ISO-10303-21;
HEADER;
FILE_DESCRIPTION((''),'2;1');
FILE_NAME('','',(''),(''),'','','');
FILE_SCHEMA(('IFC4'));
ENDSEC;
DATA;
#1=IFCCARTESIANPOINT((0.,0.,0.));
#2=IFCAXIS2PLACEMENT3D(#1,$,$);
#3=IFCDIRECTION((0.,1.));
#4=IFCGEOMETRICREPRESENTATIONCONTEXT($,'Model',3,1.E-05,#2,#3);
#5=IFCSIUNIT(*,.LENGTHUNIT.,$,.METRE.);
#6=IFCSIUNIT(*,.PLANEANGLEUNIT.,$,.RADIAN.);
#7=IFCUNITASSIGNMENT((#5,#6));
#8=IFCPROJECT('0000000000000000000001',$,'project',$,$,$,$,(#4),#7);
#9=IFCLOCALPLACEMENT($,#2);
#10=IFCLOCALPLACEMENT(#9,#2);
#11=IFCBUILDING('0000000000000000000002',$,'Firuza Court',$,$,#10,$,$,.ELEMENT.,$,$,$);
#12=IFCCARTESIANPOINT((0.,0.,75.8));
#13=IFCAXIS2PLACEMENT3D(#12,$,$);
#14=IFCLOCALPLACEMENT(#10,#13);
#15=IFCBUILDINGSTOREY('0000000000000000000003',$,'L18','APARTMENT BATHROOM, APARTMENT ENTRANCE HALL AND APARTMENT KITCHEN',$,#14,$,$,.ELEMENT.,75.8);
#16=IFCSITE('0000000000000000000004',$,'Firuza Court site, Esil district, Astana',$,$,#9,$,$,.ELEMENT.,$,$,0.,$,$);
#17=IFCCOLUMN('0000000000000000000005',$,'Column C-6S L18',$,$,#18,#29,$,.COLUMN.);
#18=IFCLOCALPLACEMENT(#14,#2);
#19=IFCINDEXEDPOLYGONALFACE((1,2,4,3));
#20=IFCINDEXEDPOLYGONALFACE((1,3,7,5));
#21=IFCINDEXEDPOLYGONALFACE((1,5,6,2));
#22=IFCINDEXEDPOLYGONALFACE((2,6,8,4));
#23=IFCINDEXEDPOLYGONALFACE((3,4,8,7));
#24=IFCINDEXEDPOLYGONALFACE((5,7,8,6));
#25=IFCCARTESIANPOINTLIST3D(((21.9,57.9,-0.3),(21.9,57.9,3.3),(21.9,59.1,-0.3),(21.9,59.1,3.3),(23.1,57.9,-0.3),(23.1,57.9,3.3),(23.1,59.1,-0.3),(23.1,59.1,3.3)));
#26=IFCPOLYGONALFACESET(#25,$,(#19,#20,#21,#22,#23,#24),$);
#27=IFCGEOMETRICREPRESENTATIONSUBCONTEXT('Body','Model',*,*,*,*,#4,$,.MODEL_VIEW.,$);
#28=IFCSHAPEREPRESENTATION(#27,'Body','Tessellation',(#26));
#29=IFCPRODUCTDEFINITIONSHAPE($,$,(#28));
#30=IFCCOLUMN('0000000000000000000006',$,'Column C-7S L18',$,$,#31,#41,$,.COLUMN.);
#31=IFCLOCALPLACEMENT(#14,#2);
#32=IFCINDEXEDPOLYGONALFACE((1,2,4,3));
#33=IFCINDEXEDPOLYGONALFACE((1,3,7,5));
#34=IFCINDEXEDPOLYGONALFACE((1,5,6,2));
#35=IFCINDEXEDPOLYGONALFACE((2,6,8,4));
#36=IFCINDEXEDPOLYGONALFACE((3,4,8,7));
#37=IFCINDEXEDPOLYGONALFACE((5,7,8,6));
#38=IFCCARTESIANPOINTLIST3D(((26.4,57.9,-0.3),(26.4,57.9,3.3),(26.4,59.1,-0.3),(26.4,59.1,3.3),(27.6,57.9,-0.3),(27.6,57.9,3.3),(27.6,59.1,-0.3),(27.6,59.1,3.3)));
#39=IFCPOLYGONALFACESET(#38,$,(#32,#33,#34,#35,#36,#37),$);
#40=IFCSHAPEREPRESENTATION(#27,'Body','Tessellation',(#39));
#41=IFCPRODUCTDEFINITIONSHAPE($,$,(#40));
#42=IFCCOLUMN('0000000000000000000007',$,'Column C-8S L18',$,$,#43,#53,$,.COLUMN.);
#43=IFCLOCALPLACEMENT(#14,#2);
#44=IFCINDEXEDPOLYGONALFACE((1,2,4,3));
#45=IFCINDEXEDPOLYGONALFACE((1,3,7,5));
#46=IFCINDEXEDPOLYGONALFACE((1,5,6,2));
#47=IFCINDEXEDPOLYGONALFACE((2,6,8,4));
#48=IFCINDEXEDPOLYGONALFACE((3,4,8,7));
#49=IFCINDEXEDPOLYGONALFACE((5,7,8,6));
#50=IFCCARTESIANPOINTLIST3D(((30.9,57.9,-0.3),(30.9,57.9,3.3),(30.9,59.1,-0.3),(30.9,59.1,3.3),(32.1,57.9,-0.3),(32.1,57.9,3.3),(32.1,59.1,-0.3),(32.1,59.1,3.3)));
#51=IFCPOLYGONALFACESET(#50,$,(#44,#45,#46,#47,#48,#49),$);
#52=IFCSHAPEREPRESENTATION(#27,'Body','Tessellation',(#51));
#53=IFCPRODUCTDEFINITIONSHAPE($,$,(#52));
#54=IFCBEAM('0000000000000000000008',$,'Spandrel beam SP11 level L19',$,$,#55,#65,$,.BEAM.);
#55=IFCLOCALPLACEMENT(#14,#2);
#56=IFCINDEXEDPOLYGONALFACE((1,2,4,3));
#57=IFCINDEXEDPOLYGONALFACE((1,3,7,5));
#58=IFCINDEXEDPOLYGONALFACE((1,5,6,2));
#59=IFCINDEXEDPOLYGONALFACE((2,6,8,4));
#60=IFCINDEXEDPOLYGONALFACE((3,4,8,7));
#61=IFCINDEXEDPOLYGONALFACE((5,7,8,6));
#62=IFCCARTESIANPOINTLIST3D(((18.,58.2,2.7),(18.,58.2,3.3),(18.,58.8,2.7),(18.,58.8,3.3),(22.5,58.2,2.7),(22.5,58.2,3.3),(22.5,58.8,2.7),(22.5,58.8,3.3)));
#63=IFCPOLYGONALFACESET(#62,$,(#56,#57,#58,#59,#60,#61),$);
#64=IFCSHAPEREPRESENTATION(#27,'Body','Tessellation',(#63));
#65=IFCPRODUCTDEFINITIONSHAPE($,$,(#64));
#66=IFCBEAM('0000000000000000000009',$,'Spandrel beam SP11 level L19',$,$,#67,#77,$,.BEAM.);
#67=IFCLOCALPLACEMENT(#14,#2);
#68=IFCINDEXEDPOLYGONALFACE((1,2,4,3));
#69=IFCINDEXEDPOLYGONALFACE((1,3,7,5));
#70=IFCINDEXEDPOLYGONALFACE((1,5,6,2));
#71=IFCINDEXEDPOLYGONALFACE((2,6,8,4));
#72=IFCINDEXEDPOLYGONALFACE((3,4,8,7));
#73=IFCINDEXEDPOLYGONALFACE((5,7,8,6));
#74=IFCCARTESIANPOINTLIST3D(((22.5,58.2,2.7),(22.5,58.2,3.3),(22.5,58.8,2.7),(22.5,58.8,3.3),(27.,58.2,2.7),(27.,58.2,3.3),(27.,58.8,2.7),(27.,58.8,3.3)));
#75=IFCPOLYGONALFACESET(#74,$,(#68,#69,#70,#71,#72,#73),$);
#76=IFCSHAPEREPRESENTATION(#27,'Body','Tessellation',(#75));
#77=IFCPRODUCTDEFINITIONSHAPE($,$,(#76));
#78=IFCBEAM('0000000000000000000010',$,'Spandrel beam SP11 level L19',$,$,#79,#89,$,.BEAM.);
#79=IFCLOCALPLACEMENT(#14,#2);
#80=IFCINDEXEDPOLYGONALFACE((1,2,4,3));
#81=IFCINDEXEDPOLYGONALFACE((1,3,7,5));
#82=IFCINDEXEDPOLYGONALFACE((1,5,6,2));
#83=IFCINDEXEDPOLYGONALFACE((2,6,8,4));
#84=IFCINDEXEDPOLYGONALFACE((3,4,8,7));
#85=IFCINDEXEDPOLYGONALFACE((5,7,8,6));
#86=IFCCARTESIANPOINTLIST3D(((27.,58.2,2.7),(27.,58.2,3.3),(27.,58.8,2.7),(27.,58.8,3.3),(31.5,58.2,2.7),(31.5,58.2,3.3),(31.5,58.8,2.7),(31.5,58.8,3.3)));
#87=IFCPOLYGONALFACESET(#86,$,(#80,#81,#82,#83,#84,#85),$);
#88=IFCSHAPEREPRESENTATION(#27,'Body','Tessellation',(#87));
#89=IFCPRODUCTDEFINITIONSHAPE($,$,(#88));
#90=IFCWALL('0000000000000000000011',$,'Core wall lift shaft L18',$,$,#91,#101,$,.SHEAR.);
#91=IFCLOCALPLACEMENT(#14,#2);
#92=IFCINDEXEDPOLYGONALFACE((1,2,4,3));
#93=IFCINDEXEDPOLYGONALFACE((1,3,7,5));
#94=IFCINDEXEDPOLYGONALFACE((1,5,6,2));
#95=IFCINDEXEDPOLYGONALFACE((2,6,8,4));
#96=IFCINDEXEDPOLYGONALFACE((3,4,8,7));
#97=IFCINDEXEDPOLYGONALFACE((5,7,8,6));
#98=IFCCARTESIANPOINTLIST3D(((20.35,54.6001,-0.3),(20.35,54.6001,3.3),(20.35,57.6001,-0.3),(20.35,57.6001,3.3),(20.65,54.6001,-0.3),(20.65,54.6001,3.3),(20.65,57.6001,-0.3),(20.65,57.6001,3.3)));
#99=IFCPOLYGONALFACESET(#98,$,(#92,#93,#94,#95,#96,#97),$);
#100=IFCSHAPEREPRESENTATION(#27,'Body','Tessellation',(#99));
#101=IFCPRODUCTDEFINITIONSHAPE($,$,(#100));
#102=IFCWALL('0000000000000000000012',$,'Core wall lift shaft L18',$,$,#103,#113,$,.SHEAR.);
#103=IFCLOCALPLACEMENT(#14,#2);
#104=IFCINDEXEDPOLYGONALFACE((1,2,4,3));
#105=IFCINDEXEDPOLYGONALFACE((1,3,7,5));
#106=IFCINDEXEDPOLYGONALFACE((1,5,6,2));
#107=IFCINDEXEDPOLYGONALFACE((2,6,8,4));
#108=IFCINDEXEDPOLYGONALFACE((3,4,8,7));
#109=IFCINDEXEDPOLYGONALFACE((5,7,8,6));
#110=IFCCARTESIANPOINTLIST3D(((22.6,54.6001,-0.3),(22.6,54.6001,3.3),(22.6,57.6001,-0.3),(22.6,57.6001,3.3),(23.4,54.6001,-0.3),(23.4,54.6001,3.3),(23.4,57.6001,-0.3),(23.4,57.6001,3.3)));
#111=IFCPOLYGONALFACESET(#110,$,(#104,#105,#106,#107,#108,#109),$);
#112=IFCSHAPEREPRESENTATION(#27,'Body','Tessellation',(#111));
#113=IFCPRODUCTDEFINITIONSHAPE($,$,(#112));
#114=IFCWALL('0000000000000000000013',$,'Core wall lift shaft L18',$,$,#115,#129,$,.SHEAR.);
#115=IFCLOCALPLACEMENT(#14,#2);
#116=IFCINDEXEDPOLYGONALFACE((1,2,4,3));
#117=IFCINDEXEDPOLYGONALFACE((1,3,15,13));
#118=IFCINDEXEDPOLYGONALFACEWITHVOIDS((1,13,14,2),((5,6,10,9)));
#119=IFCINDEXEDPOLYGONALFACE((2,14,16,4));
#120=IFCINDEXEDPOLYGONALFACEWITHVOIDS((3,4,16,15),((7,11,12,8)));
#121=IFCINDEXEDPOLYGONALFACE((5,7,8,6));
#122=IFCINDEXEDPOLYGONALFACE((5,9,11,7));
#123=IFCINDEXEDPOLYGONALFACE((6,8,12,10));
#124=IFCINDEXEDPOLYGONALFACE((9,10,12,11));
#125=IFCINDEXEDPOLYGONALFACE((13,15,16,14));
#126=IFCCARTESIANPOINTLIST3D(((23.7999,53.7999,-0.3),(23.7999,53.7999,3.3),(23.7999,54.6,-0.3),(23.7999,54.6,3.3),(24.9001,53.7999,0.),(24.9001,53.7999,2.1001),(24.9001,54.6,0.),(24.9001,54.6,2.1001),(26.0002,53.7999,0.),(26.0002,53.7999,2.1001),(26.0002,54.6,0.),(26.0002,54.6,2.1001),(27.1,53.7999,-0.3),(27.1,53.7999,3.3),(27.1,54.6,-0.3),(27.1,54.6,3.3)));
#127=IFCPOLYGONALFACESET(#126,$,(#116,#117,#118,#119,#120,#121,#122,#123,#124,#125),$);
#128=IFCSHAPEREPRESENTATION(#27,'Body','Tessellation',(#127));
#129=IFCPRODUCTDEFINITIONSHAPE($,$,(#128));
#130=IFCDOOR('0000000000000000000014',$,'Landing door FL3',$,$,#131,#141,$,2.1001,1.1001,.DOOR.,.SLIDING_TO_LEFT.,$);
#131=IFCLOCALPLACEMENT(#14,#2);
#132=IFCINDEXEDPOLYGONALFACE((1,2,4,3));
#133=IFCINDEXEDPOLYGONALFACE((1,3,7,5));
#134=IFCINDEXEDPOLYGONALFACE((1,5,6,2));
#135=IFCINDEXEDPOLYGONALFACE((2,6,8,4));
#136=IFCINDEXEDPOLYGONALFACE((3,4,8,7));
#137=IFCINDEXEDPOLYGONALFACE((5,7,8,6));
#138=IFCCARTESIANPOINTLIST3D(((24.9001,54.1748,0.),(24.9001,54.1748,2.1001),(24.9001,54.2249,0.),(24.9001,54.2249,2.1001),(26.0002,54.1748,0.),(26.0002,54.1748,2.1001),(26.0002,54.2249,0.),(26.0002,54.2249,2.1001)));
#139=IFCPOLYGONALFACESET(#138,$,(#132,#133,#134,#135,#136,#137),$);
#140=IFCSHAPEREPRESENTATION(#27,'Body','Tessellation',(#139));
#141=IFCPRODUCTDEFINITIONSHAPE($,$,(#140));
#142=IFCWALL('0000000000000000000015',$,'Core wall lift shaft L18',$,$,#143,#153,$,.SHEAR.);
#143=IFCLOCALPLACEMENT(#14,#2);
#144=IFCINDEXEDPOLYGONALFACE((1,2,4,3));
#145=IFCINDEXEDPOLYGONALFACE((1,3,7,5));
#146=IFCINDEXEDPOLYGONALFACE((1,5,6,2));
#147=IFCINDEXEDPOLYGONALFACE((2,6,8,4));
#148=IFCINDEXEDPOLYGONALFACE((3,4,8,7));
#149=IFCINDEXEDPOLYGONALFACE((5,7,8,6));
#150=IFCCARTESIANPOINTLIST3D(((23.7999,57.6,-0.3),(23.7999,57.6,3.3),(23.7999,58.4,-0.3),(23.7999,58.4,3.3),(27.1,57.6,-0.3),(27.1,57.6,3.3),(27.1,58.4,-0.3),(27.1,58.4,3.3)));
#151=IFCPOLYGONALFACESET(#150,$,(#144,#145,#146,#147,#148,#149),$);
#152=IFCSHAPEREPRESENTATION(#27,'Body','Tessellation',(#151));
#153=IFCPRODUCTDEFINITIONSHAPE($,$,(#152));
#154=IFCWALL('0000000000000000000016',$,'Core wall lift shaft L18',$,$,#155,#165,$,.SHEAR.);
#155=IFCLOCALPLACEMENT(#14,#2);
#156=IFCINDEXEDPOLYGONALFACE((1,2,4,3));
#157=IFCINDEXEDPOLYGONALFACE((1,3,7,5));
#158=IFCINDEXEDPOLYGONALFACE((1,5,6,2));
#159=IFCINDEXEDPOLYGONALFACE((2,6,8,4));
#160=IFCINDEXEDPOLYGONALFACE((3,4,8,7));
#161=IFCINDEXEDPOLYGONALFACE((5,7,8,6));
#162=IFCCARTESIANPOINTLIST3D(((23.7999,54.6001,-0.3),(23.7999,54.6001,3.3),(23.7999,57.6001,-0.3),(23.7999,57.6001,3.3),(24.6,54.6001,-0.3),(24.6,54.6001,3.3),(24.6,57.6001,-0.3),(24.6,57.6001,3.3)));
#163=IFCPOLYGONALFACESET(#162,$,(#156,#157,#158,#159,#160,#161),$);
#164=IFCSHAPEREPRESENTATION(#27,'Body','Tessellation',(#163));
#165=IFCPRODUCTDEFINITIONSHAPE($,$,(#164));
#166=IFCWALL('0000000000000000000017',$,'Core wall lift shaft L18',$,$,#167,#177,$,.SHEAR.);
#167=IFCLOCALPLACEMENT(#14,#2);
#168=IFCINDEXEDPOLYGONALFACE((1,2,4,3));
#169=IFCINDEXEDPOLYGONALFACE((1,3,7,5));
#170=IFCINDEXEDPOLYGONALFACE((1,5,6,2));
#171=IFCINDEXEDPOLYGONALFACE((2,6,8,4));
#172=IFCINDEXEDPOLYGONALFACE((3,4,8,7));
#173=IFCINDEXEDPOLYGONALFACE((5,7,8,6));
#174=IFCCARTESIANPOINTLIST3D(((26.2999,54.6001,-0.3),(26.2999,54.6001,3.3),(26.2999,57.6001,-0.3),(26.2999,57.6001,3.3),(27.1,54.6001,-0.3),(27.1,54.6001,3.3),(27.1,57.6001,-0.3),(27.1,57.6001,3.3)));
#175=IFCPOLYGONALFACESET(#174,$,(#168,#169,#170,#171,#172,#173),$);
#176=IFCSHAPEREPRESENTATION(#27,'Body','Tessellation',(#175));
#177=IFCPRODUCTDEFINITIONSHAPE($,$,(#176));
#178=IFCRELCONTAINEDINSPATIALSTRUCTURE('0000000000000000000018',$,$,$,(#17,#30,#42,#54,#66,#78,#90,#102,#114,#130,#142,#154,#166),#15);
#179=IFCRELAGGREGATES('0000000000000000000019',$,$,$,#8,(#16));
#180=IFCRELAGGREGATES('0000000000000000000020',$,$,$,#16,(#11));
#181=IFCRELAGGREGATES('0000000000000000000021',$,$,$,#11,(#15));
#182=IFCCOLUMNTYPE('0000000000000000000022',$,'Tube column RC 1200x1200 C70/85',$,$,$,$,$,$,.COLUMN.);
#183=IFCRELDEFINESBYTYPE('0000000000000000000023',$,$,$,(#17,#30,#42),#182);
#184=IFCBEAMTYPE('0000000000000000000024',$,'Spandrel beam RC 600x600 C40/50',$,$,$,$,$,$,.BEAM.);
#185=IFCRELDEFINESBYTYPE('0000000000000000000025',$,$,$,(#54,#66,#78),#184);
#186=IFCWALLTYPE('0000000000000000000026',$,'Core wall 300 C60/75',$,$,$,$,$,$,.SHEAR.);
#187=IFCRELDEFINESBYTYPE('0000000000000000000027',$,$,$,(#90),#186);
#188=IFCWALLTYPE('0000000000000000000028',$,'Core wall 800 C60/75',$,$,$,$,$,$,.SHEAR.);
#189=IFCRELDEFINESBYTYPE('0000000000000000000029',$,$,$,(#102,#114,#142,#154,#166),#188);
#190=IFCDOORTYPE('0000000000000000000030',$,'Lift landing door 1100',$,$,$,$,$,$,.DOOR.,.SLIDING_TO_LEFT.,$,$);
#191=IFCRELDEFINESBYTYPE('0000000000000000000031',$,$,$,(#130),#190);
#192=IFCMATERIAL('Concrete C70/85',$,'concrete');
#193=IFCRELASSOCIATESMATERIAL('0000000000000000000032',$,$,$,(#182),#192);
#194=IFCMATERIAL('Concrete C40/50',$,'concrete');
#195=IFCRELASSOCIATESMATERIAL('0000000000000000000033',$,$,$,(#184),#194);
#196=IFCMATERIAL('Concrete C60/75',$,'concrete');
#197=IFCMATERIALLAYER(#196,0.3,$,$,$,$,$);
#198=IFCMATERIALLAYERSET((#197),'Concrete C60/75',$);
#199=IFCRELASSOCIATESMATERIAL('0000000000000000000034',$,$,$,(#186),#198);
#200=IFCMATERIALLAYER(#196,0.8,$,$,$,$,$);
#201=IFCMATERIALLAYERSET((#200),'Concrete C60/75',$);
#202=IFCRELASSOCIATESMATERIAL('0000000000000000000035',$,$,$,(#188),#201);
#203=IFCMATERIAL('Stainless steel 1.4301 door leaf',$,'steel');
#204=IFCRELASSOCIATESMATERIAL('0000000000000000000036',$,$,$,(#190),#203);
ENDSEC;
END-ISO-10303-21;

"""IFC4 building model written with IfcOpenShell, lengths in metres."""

from ifc_helpers import new_model, si_unit, direction, frame, frame_2d, origin, origin_2d, place, context, subcontext, project, spatial, rectangle, extrude, material, layer, layer_set, material_profile, profile_set, type_object, element, fill, save


model = new_model("IFC4")

# Units and contexts
model_context = context("Model", 3, precision=1e-05, world=origin(), true_north=direction((0.0, 1.0)))
body_context = subcontext(model_context, "Body", "Model", "MODEL_VIEW")
ifc_project = project(units=[si_unit("LENGTHUNIT", "METRE"), si_unit("PLANEANGLEUNIT", "RADIAN")], contexts=[model_context])

# Site, building, storey
site_placement = place(None, origin())
site = spatial("IfcSite", under=ifc_project, at=site_placement, Name="Firuza Court site, Esil district, Astana", CompositionType="ELEMENT", RefElevation=0.0)
building_placement = place(site_placement, origin())
building = spatial("IfcBuilding", under=site, at=building_placement, Name="Firuza Court", CompositionType="ELEMENT")
storey_placement = place(building_placement, frame((0.0, 0.0, 75.8)))
storey = spatial("IfcBuildingStorey", under=building, at=storey_placement, Name="L18", Description="APARTMENT BATHROOM, APARTMENT ENTRANCE HALL AND APARTMENT KITCHEN", CompositionType="ELEMENT", Elevation=75.8)

# Columns
ifc_material_1 = material(Name="Concrete C70/85", Category="concrete")
ifc_material_profile_1 = material_profile(ifc_material_1, rectangle(XDim=1.2, YDim=1.2, at=origin_2d()), Name="RC 1200x1200")
ifc_profile_set_1 = profile_set([ifc_material_profile_1], Name="Concrete C70/85")
column_type = type_object("IfcColumnType", Name="Tube column RC 1200x1200 C70/85", PredefinedType="COLUMN", material=ifc_profile_set_1)
for number, where, z_axis, x_axis, name in (
    (1, (22.5, 58.5, -0.3), (0.0, 0.0, 1.0), (1.0, 0.0, 0.0), "Column C-6S L18"),
    (2, (27.0, 58.5, -0.3), (0.0, 0.0, 1.0), (1.0, 0.0, 0.0), "Column C-7S L18"),
    (3, (31.5, 58.5, -0.3), (0.0, 0.0, 1.0), (1.0, 0.0, 0.0), "Column C-8S L18"),
):
    element("IfcColumn", number, at=place(storey_placement, frame(where, z_axis=z_axis, x_axis=x_axis)), inside=storey, type_object=column_type, Name=name, PredefinedType="COLUMN", context=body_context, shape_type="SweptSolid", body=[
        extrude(rectangle(XDim=1.2, YDim=1.2, at=origin_2d()), origin(), (0.0, 0.0, 1.0), 3.6001),
    ])

# Beams
ifc_material_2 = material(Name="Concrete C40/50", Category="concrete")
ifc_material_profile_2 = material_profile(ifc_material_2, rectangle(XDim=0.6001, YDim=0.6001, at=origin_2d()), Name="RC 600x600")
ifc_profile_set_2 = profile_set([ifc_material_profile_2], Name="Concrete C40/50")
beam_type = type_object("IfcBeamType", Name="Spandrel beam RC 600x600 C40/50", PredefinedType="BEAM", material=ifc_profile_set_2)
for number, where, z_axis, x_axis, name in (
    (4, (22.5, 58.5, 3.0), (-1.0, 0.0, 0.0), (0.0, -1.0, 0.0), "Spandrel beam SP11 level L19"),
    (5, (27.0, 58.5, 3.0), (-1.0, 0.0, 0.0), (0.0, -1.0, 0.0), "Spandrel beam SP11 level L19"),
    (6, (31.5, 58.5, 3.0), (-1.0, 0.0, 0.0), (0.0, -1.0, 0.0), "Spandrel beam SP11 level L19"),
):
    element("IfcBeam", number, at=place(storey_placement, frame(where, z_axis=z_axis, x_axis=x_axis)), inside=storey, type_object=beam_type, Name=name, PredefinedType="BEAM", context=body_context, shape_type="SweptSolid", body=[
        extrude(rectangle(XDim=0.6001, YDim=0.6001, at=origin_2d()), origin(), (0.0, 0.0, 1.0), 4.5),
    ])

# Walls
ifc_material_3 = material(Name="Concrete C60/75", Category="concrete")
ifc_layer_1 = layer(ifc_material_3, 0.3)
ifc_layer_set_1 = layer_set([ifc_layer_1], Name="Concrete C60/75")
wall_type_1 = type_object("IfcWallType", Name="Core wall 300 C60/75", PredefinedType="SHEAR", material=ifc_layer_set_1)
wall_1_placement = place(storey_placement, frame((20.5, 54.6001, -0.3), z_axis=(0.0, 0.0, 1.0), x_axis=(0.0, 1.0, 0.0)))
element("IfcWall", 7, at=wall_1_placement, inside=storey, type_object=wall_type_1, Name="Core wall lift shaft L18", PredefinedType="SHEAR", context=body_context, shape_type="SweptSolid", body=[
    extrude(rectangle(XDim=3.0, YDim=0.3, at=frame_2d((1.5, 0.0))), origin(), (0.0, 0.0, 1.0), 3.6001),
])
ifc_layer_2 = layer(ifc_material_3, 0.8)
ifc_layer_set_2 = layer_set([ifc_layer_2], Name="Concrete C60/75")
wall_type_2 = type_object("IfcWallType", Name="Core wall 800 C60/75", PredefinedType="SHEAR", material=ifc_layer_set_2)
wall_2_placement = place(storey_placement, frame((23.0, 54.6001, -0.3), z_axis=(0.0, 0.0, 1.0), x_axis=(0.0, 1.0, 0.0)))
element("IfcWall", 8, at=wall_2_placement, inside=storey, type_object=wall_type_2, Name="Core wall lift shaft L18", PredefinedType="SHEAR", context=body_context, shape_type="SweptSolid", body=[
    extrude(rectangle(XDim=3.0, YDim=0.8, at=frame_2d((1.5, 0.0))), origin(), (0.0, 0.0, 1.0), 3.6001),
])

# Wall, opening, door
wall_3_placement = place(storey_placement, frame((23.8, 54.2, -0.3), z_axis=(0.0, 0.0, 1.0), x_axis=(1.0, 0.0, 0.0)))
wall_3 = element("IfcWall", 9, at=wall_3_placement, inside=storey, type_object=wall_type_2, Name="Core wall lift shaft L18", PredefinedType="SHEAR", context=body_context, shape_type="SweptSolid", body=[
    extrude(rectangle(XDim=3.3, YDim=0.8, at=frame_2d((1.6499, 0.0))), origin(), (0.0, 0.0, 1.0), 3.6001),
])
opening_1_placement = place(wall_3_placement, frame((1.1001, 0.0, 0.3)))
opening_1 = element("IfcOpeningElement", 10, at=opening_1_placement, cuts=wall_3, PredefinedType="OPENING", context=body_context, shape_type="SweptSolid", body=[
    extrude(rectangle(XDim=1.1001, YDim=2.1001, at=frame_2d((0.55, 1.05))), frame((0.0, 0.4121, 0.0), z_axis=(0.0, -1.0, 0.0), x_axis=(1.0, 0.0, 0.0)), (0.0, 0.0, 1.0), 0.824),
])
ifc_material_4 = material(Name="Stainless steel 1.4301 door leaf", Category="steel")
door_type_1 = type_object("IfcDoorType", Name="Lift landing door 1100", OperationType="SLIDING_TO_LEFT", PredefinedType="DOOR", material=ifc_material_4)
door_1_placement = place(opening_1_placement, origin())
door_1 = element("IfcDoor", 11, at=door_1_placement, inside=storey, type_object=door_type_1, Name="Landing door FL3", OperationType="SLIDING_TO_LEFT", OverallHeight=2.1001, OverallWidth=1.1001, PredefinedType="DOOR", context=body_context, shape_type="SweptSolid", body=[
    extrude(rectangle(XDim=1.1001, YDim=2.1001, at=frame_2d((0.55, 1.05))), frame((0.0, 0.0249, 0.0), z_axis=(0.0, -1.0, 0.0), x_axis=(1.0, 0.0, 0.0)), (0.0, 0.0, 1.0), 0.05),
])
fill(opening_1, door_1)

# Walls
wall_4_placement = place(storey_placement, frame((23.8, 58.0, -0.3), z_axis=(0.0, 0.0, 1.0), x_axis=(1.0, 0.0, 0.0)))
element("IfcWall", 12, at=wall_4_placement, inside=storey, type_object=wall_type_2, Name="Core wall lift shaft L18", PredefinedType="SHEAR", context=body_context, shape_type="SweptSolid", body=[
    extrude(rectangle(XDim=3.3, YDim=0.8, at=frame_2d((1.6499, 0.0))), origin(), (0.0, 0.0, 1.0), 3.6001),
])
for number, where, z_axis, x_axis, name in (
    (13, (24.2, 54.6001, -0.3), (0.0, 0.0, 1.0), (0.0, 1.0, 0.0), "Core wall lift shaft L18"),
    (14, (26.7, 54.6001, -0.3), (0.0, 0.0, 1.0), (0.0, 1.0, 0.0), "Core wall lift shaft L18"),
):
    element("IfcWall", number, at=place(storey_placement, frame(where, z_axis=z_axis, x_axis=x_axis)), inside=storey, type_object=wall_type_2, Name=name, PredefinedType="SHEAR", context=body_context, shape_type="SweptSolid", body=[
        extrude(rectangle(XDim=3.0, YDim=0.8, at=frame_2d((1.5, 0.0))), origin(), (0.0, 0.0, 1.0), 3.6001),
    ])

save(model, "model.ifc")
